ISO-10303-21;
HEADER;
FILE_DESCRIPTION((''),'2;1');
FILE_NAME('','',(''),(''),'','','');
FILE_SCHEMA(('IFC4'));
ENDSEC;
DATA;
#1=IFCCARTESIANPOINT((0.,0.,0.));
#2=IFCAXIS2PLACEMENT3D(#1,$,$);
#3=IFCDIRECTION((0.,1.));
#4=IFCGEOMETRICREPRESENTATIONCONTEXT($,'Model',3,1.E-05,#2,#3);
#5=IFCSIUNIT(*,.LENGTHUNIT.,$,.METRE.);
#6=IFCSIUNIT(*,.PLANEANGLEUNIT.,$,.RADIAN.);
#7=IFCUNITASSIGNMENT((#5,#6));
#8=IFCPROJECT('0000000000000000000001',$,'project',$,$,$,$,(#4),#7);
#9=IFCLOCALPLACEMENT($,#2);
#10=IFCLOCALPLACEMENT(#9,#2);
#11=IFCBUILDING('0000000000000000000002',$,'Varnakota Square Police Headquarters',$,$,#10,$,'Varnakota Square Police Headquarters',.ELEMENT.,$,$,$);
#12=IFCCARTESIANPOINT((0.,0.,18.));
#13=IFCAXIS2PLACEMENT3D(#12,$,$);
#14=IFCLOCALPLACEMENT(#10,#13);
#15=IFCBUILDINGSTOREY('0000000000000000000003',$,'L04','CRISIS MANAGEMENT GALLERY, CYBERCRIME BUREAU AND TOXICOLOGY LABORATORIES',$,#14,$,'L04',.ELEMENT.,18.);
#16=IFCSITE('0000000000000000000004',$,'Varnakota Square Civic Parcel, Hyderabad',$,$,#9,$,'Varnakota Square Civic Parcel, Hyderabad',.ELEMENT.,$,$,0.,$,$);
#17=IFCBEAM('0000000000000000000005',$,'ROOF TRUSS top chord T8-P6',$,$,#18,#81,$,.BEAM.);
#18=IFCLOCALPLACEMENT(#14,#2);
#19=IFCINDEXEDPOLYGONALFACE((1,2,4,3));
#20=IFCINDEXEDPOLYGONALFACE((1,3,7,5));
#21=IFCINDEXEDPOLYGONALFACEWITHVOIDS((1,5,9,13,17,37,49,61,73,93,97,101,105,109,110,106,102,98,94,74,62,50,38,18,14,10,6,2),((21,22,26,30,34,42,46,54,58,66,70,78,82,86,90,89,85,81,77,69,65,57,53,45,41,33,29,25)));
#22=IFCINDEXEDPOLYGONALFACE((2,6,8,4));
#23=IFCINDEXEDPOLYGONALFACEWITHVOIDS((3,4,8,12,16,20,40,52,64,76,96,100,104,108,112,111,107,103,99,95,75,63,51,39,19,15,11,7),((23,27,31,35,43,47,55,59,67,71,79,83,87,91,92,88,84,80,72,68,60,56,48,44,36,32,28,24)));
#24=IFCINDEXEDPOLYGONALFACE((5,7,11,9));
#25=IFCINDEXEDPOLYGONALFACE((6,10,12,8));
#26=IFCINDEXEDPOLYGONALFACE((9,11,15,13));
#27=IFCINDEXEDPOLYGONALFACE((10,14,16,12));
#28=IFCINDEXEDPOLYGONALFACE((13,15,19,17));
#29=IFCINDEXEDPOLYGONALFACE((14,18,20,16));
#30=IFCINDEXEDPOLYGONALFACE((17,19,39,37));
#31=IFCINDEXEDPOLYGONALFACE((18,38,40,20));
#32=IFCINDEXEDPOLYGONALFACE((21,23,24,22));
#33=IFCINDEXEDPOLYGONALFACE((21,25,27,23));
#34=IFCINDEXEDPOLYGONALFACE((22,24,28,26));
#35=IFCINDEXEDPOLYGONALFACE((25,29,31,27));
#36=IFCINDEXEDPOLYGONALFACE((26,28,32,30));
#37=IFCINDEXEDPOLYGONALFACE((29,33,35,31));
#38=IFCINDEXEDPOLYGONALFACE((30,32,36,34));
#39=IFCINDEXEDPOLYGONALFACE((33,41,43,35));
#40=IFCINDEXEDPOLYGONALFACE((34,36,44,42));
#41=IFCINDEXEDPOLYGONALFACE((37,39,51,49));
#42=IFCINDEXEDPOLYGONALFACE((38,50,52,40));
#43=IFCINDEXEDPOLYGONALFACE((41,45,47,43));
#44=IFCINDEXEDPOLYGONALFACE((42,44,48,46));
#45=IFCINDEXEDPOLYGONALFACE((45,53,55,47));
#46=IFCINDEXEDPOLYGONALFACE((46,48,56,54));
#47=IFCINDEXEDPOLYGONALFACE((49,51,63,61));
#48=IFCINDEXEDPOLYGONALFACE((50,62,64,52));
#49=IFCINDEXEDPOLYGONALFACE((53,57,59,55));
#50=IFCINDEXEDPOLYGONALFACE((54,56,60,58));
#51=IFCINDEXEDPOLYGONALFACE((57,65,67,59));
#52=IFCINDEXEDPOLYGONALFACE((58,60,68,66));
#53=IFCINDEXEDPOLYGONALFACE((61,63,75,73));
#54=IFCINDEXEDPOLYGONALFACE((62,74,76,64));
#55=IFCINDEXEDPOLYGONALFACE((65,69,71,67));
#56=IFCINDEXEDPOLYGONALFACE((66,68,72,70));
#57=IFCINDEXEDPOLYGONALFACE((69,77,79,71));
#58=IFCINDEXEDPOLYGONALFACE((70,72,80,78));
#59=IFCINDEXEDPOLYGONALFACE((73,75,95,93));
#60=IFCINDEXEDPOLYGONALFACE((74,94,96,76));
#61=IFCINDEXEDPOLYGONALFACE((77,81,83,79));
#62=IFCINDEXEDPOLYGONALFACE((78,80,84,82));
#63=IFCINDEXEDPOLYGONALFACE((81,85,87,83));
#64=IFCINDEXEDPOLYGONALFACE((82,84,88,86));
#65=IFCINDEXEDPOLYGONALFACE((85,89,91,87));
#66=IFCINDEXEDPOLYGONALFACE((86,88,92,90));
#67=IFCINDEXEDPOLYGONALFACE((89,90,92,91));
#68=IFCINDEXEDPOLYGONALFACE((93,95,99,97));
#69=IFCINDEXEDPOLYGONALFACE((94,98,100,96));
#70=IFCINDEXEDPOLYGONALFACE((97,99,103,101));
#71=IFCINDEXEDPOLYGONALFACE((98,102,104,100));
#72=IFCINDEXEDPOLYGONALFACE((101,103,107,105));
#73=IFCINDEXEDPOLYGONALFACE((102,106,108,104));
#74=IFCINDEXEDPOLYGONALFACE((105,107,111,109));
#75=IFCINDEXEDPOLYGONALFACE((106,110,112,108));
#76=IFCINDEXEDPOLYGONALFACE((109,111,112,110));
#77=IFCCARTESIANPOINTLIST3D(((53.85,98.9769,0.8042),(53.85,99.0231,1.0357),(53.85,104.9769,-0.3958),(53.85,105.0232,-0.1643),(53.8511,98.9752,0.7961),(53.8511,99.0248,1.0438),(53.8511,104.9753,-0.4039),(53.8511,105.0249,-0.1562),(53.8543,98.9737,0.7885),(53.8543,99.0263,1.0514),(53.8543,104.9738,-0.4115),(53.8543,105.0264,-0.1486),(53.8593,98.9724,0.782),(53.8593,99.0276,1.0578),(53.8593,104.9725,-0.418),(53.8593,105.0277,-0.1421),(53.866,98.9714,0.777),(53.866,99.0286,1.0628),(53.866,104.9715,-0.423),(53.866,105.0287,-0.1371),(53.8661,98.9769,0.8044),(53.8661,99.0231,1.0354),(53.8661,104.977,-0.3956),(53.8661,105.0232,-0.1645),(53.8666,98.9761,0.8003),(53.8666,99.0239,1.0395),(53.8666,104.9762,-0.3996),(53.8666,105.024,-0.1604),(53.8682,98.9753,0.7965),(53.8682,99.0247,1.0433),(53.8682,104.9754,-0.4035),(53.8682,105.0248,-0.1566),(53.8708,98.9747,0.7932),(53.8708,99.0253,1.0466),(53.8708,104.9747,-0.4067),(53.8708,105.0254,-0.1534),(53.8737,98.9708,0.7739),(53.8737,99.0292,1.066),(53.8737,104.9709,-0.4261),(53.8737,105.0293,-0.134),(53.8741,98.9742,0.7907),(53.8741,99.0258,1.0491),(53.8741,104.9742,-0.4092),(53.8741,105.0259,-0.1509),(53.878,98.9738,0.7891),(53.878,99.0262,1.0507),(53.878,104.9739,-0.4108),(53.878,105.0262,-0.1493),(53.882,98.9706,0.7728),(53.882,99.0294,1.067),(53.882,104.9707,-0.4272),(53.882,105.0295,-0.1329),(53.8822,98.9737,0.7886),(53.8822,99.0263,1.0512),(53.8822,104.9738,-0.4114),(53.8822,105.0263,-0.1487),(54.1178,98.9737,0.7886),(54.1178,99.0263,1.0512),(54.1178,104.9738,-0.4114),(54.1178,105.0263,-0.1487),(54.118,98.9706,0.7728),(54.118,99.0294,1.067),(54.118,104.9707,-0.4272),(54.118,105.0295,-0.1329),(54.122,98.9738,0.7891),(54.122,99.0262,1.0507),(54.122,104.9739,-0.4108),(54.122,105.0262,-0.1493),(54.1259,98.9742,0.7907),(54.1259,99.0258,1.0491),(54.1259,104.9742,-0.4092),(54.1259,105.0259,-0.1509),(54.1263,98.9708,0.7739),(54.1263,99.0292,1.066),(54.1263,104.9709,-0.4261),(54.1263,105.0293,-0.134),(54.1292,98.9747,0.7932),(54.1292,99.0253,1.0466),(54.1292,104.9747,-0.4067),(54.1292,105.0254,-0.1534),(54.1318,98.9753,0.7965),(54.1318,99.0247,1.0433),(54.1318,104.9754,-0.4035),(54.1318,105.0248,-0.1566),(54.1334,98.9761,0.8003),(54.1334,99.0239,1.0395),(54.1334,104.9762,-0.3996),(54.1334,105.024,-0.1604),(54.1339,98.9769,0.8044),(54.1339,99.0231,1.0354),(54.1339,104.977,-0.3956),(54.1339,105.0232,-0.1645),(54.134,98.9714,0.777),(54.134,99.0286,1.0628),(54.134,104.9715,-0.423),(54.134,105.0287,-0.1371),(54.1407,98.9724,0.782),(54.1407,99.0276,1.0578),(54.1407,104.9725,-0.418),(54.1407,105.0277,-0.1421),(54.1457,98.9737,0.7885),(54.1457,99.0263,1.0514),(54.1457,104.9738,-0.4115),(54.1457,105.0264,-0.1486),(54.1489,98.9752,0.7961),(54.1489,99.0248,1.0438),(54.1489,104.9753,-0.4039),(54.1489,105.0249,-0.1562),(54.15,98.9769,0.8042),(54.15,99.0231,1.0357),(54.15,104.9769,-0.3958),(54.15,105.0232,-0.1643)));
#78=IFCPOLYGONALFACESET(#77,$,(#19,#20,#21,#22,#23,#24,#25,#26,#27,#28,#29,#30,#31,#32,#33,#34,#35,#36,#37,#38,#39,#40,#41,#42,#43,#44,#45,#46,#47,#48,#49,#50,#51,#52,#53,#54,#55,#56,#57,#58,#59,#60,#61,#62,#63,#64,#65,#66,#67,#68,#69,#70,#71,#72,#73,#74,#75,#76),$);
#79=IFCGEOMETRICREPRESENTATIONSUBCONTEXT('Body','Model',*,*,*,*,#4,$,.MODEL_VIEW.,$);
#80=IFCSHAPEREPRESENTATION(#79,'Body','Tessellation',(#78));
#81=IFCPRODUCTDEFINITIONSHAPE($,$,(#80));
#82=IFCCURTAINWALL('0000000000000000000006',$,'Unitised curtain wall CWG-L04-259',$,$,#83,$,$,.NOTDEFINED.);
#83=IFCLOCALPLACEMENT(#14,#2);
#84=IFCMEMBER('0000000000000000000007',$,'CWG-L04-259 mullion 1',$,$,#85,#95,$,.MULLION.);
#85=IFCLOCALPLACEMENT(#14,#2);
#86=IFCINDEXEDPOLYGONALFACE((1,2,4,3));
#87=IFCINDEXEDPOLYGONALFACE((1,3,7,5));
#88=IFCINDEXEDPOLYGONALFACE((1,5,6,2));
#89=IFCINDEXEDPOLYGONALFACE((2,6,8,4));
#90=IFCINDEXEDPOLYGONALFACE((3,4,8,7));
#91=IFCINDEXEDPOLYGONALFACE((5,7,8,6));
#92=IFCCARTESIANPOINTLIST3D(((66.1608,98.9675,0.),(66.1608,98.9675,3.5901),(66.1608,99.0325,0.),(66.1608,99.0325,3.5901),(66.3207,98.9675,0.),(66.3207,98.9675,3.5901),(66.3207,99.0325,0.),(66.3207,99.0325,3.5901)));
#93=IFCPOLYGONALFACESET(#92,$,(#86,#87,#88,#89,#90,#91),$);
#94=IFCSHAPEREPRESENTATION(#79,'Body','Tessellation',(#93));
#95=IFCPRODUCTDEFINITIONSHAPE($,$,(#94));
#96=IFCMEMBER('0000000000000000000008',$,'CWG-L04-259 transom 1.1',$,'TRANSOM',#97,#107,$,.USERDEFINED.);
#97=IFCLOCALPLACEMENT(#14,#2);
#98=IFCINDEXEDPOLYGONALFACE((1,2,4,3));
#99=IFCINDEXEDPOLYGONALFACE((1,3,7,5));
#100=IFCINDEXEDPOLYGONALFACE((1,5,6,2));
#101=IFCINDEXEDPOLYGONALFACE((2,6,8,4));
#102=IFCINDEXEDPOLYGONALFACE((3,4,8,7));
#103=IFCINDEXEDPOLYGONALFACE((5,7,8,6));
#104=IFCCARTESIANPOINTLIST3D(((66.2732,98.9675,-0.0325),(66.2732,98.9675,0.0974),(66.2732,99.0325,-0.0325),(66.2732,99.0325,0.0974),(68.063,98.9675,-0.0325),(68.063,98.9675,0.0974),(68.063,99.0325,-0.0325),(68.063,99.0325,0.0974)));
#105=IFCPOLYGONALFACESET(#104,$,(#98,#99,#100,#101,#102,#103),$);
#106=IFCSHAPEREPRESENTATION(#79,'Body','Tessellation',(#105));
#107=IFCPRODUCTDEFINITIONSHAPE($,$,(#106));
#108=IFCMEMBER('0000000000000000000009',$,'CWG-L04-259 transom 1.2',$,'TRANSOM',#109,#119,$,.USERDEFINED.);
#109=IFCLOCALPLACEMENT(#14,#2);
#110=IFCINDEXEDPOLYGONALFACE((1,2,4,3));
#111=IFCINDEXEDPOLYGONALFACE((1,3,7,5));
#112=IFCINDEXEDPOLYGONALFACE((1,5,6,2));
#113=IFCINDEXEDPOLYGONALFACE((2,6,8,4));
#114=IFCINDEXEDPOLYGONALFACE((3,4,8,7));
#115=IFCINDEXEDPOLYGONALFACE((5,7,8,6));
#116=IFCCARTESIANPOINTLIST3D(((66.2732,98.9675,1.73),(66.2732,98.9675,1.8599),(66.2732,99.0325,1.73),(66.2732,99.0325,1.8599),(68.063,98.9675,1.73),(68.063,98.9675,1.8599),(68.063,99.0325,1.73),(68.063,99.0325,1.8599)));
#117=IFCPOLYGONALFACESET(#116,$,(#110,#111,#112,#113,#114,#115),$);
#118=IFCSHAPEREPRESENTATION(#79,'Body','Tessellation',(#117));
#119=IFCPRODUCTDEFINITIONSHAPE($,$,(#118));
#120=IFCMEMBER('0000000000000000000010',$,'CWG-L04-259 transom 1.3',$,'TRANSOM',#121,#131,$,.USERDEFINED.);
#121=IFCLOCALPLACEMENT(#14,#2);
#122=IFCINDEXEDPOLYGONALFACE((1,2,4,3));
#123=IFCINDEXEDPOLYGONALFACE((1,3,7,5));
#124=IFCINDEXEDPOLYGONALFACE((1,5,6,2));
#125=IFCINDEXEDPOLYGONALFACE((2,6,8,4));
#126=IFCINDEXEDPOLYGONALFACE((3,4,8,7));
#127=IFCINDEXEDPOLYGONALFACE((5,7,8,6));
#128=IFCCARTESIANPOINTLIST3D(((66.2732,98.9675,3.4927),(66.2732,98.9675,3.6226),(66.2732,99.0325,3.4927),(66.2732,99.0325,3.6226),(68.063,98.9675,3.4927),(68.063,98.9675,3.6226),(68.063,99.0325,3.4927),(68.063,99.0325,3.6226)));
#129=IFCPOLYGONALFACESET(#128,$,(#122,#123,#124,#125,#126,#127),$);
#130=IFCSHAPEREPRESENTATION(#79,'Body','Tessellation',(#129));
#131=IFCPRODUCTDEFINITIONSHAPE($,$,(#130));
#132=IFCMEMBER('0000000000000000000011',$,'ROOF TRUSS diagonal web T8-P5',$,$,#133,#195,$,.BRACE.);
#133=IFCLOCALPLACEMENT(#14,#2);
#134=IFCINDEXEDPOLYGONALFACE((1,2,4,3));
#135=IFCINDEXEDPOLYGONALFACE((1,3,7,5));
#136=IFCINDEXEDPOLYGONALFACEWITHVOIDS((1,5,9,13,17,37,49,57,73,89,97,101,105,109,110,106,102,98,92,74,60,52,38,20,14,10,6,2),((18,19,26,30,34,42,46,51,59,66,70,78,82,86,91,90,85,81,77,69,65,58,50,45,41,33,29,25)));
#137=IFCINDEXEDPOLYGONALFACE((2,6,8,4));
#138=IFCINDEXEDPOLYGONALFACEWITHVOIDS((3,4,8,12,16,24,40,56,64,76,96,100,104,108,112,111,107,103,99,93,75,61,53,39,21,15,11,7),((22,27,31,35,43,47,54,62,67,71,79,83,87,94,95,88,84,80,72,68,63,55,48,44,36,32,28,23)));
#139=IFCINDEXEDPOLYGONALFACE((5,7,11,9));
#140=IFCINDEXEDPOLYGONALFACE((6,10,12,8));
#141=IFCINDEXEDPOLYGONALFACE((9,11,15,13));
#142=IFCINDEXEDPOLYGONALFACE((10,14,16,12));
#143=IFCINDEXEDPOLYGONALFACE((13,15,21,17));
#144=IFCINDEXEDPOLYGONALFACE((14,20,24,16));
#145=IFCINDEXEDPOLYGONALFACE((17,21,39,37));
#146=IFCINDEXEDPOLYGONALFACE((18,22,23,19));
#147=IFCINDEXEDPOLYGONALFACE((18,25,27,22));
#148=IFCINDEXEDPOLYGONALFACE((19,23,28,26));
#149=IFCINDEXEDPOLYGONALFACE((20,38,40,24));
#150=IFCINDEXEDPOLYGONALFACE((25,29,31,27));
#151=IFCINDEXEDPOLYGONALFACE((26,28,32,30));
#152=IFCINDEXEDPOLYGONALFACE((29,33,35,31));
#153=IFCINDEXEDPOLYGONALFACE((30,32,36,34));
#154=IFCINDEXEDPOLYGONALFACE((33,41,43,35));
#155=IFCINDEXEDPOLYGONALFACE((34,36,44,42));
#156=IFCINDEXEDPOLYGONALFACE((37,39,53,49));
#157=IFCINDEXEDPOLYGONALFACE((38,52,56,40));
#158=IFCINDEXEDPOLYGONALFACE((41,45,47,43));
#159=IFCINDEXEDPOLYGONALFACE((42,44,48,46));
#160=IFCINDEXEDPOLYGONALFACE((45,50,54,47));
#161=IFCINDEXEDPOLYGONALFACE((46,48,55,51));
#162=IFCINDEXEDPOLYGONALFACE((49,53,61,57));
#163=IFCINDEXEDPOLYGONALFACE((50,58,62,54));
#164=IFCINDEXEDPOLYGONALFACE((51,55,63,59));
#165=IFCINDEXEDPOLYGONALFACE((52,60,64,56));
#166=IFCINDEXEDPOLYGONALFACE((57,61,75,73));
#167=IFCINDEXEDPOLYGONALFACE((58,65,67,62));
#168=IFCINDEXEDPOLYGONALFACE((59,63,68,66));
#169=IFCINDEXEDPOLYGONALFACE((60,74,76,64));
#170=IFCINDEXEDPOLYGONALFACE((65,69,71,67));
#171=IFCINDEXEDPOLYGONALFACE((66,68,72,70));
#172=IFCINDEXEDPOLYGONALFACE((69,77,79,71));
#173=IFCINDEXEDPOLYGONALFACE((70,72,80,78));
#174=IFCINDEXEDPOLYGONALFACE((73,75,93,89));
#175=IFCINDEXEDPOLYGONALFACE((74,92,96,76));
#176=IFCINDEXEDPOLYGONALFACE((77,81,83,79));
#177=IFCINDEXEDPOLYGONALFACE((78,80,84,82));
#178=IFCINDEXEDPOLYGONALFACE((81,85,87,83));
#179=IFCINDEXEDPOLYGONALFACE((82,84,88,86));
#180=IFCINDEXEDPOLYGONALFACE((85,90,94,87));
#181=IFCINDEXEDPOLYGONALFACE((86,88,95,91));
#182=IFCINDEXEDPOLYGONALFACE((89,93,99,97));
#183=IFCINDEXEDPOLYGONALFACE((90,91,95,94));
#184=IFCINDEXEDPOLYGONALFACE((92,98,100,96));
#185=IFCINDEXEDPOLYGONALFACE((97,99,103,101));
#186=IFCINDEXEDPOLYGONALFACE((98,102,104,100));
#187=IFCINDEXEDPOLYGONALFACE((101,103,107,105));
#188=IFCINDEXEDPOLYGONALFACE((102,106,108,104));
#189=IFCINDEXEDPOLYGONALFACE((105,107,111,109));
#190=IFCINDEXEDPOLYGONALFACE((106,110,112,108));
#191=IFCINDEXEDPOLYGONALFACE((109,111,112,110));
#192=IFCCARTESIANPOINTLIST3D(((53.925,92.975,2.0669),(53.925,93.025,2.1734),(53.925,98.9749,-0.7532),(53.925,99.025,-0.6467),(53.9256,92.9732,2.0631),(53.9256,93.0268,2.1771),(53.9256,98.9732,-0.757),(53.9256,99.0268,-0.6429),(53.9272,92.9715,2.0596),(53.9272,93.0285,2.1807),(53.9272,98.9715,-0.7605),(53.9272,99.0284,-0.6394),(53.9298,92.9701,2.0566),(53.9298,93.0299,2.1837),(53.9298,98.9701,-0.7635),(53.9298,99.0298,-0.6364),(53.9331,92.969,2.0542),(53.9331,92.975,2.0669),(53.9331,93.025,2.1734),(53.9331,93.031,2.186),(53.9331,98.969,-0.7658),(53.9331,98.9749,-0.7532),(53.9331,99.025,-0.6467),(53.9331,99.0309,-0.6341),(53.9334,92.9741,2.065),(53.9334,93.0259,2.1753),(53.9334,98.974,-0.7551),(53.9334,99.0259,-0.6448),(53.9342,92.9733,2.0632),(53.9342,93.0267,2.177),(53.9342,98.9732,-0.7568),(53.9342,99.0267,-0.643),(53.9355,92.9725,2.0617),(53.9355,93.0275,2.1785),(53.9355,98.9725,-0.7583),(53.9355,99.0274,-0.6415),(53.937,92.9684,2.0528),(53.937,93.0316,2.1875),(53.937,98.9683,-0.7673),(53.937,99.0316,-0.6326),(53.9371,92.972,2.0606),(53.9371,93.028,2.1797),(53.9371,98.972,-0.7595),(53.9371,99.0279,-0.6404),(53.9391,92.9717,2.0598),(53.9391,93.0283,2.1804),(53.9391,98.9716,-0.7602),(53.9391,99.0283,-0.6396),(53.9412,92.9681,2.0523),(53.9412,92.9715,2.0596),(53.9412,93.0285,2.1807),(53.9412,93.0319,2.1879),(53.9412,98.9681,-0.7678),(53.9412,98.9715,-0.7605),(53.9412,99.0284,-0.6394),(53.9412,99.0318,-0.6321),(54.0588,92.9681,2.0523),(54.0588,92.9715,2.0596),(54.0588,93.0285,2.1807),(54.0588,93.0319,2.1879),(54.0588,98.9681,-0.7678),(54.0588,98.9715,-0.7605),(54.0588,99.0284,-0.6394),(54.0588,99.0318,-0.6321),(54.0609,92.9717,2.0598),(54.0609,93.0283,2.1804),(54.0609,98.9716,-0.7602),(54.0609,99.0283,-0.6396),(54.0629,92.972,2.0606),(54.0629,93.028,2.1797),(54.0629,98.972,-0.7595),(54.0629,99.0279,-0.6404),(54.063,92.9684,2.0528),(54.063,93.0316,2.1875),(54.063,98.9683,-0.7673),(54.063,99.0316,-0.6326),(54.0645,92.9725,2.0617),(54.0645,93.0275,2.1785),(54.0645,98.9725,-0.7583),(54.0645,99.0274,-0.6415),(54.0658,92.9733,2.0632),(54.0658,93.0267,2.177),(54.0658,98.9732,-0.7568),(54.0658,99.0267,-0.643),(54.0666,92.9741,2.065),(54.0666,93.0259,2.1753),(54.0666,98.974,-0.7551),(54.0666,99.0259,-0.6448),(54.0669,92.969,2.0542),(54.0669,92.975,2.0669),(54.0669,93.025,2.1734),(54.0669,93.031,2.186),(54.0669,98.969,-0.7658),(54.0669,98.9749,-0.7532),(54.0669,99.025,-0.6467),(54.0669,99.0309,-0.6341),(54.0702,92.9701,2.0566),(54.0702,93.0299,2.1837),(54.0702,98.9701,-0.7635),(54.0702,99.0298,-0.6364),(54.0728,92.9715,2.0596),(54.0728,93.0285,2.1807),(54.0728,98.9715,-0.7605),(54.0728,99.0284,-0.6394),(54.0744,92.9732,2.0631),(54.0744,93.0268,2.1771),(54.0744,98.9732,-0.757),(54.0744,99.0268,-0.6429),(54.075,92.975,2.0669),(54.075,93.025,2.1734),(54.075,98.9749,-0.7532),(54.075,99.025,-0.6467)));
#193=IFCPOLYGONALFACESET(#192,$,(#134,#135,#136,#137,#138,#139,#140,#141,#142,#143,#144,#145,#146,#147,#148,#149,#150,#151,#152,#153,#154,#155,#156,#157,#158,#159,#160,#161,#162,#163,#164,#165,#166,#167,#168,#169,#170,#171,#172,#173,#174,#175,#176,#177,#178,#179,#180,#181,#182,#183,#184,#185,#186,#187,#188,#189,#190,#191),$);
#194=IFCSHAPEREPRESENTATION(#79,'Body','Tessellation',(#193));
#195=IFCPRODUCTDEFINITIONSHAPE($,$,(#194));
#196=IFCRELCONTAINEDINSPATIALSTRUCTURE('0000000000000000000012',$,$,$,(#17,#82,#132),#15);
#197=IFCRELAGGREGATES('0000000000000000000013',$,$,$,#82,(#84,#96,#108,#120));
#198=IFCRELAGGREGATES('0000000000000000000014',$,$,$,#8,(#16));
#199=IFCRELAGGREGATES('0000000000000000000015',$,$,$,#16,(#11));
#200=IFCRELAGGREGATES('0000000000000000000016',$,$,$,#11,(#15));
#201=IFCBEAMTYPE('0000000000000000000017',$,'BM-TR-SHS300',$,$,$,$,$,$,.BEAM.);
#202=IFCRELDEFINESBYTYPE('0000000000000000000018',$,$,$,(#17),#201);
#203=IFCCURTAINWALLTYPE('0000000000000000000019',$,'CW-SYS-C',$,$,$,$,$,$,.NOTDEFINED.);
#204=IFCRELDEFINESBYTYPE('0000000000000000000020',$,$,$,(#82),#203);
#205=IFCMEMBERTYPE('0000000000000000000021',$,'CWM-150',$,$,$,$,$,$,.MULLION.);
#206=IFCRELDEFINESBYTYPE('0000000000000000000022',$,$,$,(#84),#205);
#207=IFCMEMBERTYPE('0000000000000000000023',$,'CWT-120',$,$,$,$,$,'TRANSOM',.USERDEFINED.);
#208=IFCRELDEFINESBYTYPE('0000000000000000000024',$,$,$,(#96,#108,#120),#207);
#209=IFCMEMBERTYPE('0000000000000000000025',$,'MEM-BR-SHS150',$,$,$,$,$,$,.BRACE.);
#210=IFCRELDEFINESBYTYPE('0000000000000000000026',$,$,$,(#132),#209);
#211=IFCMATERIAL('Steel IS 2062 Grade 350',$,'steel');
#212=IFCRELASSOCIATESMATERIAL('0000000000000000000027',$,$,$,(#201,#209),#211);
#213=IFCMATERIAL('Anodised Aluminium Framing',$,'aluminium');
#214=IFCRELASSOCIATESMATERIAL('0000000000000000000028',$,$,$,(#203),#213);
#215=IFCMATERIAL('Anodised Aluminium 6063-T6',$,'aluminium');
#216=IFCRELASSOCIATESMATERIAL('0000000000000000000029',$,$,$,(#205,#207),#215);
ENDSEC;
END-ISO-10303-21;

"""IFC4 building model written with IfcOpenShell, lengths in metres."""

from ifc_helpers import new_model, si_unit, direction, frame, origin, origin_2d, place, context, subcontext, project, spatial, rectangle, hollow_rectangle, extrude, material, material_profile, profile_set, type_object, element, aggregate, save


model = new_model("IFC4")

# Units and contexts
model_context = context("Model", 3, precision=1e-05, world=origin(), true_north=direction((0.0, 1.0)))
body_context = subcontext(model_context, "Body", "Model", "MODEL_VIEW")
ifc_project = project(units=[si_unit("LENGTHUNIT", "METRE"), si_unit("PLANEANGLEUNIT", "RADIAN")], contexts=[model_context])

# Site, building, storey
site_placement = place(None, origin())
site = spatial("IfcSite", under=ifc_project, at=site_placement, Name="Varnakota Square Civic Parcel, Hyderabad", LongName="Varnakota Square Civic Parcel, Hyderabad", CompositionType="ELEMENT", RefElevation=0.0)
building_placement = place(site_placement, origin())
building = spatial("IfcBuilding", under=site, at=building_placement, Name="Varnakota Square Police Headquarters", LongName="Varnakota Square Police Headquarters", CompositionType="ELEMENT")
storey_placement = place(building_placement, frame((0.0, 0.0, 18.0)))
storey = spatial("IfcBuildingStorey", under=building, at=storey_placement, Name="L04", Description="CRISIS MANAGEMENT GALLERY, CYBERCRIME BUREAU AND TOXICOLOGY LABORATORIES", LongName="L04", CompositionType="ELEMENT", Elevation=18.0)

# Shared definitions
ifc_material_1 = material(Name="Steel IS 2062 Grade 350", Category="steel")

# Beam
ifc_material_profile_1 = material_profile(ifc_material_1, hollow_rectangle(XDim=0.3, YDim=0.3, WallThickness=0.0161, InnerFilletRadius=0.0161, OuterFilletRadius=0.032, at=origin_2d()), Name="SHS 300x300x16")
ifc_profile_set_1 = profile_set([ifc_material_profile_1], Name="Steel IS 2062 Grade 350")
beam_type_1 = type_object("IfcBeamType", Name="BM-TR-SHS300", PredefinedType="BEAM", material=ifc_profile_set_1)
beam_1_placement = place(storey_placement, frame((54.0, 99.0, 0.9199), z_axis=(0.0, 0.980582, -0.196108), x_axis=(-1.0, 0.0, 0.0)))
element("IfcBeam", 1, at=beam_1_placement, inside=storey, type_object=beam_type_1, Name="ROOF TRUSS top chord T8-P6", PredefinedType="BEAM", context=body_context, shape_type="SweptSolid", body=[
    extrude(hollow_rectangle(XDim=0.3, YDim=0.3, WallThickness=0.0161, InnerFilletRadius=0.0161, OuterFilletRadius=0.032, at=origin_2d()), origin(), (0.0, 0.0, 1.0), 6.1189),
])

# Curtain wall, members
ifc_material_2 = material(Name="Anodised Aluminium Framing", Category="aluminium")
curtain_wall_type = type_object("IfcCurtainWallType", Name="CW-SYS-C", PredefinedType="NOTDEFINED", material=ifc_material_2)
curtain_wall_placement = place(storey_placement, origin())
curtain_wall = element("IfcCurtainWall", 2, at=curtain_wall_placement, inside=storey, type_object=curtain_wall_type, Name="Unitised curtain wall CWG-L04-259", PredefinedType="NOTDEFINED")
ifc_material_3 = material(Name="Anodised Aluminium 6063-T6", Category="aluminium")
ifc_material_profile_2 = material_profile(ifc_material_3, rectangle(XDim=0.0649, YDim=0.1599, at=origin_2d()), Name="ALU MULLION 65x160")
ifc_profile_set_2 = profile_set([ifc_material_profile_2], Name="Anodised Aluminium 6063-T6")
member_type_1 = type_object("IfcMemberType", Name="CWM-150", PredefinedType="MULLION", material=ifc_profile_set_2)
member_1_placement = place(storey_placement, frame((66.2407, 99.0, 0.0), z_axis=(0.0, 0.0, 1.0), x_axis=(0.0, 1.0, 0.0)))
member_1 = element("IfcMember", 3, at=member_1_placement, type_object=member_type_1, Name="CWG-L04-259 mullion 1", PredefinedType="MULLION", context=body_context, shape_type="SweptSolid", body=[
    extrude(rectangle(XDim=0.0649, YDim=0.1599, at=origin_2d()), origin(), (0.0, 0.0, 1.0), 3.5901),
])
ifc_material_profile_3 = material_profile(ifc_material_3, rectangle(XDim=0.0649, YDim=0.1299, at=origin_2d()), Name="ALU TRANSOM 65x130")
ifc_profile_set_3 = profile_set([ifc_material_profile_3], Name="Anodised Aluminium 6063-T6")
member_type_2 = type_object("IfcMemberType", Name="CWT-120", ElementType="TRANSOM", PredefinedType="USERDEFINED", material=ifc_profile_set_3)
member_2_placement = place(storey_placement, frame((66.2732, 99.0, 0.0325), z_axis=(1.0, 0.0, 0.0), x_axis=(0.0, 1.0, 0.0)))
member_2 = element("IfcMember", 4, at=member_2_placement, type_object=member_type_2, Name="CWG-L04-259 transom 1.1", ObjectType="TRANSOM", PredefinedType="USERDEFINED", context=body_context, shape_type="SweptSolid", body=[
    extrude(rectangle(XDim=0.0649, YDim=0.1299, at=origin_2d()), origin(), (0.0, 0.0, 1.0), 1.7898),
])
member_3_placement = place(storey_placement, frame((66.2732, 99.0, 1.7949), z_axis=(1.0, 0.0, 0.0), x_axis=(0.0, 1.0, 0.0)))
member_3 = element("IfcMember", 5, at=member_3_placement, type_object=member_type_2, Name="CWG-L04-259 transom 1.2", ObjectType="TRANSOM", PredefinedType="USERDEFINED", context=body_context, shape_type="SweptSolid", body=[
    extrude(rectangle(XDim=0.0649, YDim=0.1299, at=origin_2d()), origin(), (0.0, 0.0, 1.0), 1.7898),
])
member_4_placement = place(storey_placement, frame((66.2732, 99.0, 3.5576), z_axis=(1.0, 0.0, 0.0), x_axis=(0.0, 1.0, 0.0)))
member_4 = element("IfcMember", 6, at=member_4_placement, type_object=member_type_2, Name="CWG-L04-259 transom 1.3", ObjectType="TRANSOM", PredefinedType="USERDEFINED", context=body_context, shape_type="SweptSolid", body=[
    extrude(rectangle(XDim=0.0649, YDim=0.1299, at=origin_2d()), origin(), (0.0, 0.0, 1.0), 1.7898),
])
aggregate(curtain_wall, [member_1, member_2, member_3, member_4])

# Member
ifc_material_profile_4 = material_profile(ifc_material_1, hollow_rectangle(XDim=0.1499, YDim=0.1499, WallThickness=0.0081, InnerFilletRadius=0.0081, OuterFilletRadius=0.0161, at=origin_2d()), Name="SHS 150x150x8")
ifc_profile_set_4 = profile_set([ifc_material_profile_4], Name="Steel IS 2062 Grade 350")
member_type_3 = type_object("IfcMemberType", Name="MEM-BR-SHS150", PredefinedType="BRACE", material=ifc_profile_set_4)
member_5_placement = place(storey_placement, frame((54.0, 93.0, 2.1201), z_axis=(0.0, 0.90502, -0.42537), x_axis=(-1.0, 0.0, 0.0)))
element("IfcMember", 7, at=member_5_placement, inside=storey, type_object=member_type_3, Name="ROOF TRUSS diagonal web T8-P5", PredefinedType="BRACE", context=body_context, shape_type="SweptSolid", body=[
    extrude(hollow_rectangle(XDim=0.1499, YDim=0.1499, WallThickness=0.0081, InnerFilletRadius=0.0081, OuterFilletRadius=0.0161, at=origin_2d()), origin(), (0.0, 0.0, 1.0), 6.6296),
])

save(model, "model.ifc")
